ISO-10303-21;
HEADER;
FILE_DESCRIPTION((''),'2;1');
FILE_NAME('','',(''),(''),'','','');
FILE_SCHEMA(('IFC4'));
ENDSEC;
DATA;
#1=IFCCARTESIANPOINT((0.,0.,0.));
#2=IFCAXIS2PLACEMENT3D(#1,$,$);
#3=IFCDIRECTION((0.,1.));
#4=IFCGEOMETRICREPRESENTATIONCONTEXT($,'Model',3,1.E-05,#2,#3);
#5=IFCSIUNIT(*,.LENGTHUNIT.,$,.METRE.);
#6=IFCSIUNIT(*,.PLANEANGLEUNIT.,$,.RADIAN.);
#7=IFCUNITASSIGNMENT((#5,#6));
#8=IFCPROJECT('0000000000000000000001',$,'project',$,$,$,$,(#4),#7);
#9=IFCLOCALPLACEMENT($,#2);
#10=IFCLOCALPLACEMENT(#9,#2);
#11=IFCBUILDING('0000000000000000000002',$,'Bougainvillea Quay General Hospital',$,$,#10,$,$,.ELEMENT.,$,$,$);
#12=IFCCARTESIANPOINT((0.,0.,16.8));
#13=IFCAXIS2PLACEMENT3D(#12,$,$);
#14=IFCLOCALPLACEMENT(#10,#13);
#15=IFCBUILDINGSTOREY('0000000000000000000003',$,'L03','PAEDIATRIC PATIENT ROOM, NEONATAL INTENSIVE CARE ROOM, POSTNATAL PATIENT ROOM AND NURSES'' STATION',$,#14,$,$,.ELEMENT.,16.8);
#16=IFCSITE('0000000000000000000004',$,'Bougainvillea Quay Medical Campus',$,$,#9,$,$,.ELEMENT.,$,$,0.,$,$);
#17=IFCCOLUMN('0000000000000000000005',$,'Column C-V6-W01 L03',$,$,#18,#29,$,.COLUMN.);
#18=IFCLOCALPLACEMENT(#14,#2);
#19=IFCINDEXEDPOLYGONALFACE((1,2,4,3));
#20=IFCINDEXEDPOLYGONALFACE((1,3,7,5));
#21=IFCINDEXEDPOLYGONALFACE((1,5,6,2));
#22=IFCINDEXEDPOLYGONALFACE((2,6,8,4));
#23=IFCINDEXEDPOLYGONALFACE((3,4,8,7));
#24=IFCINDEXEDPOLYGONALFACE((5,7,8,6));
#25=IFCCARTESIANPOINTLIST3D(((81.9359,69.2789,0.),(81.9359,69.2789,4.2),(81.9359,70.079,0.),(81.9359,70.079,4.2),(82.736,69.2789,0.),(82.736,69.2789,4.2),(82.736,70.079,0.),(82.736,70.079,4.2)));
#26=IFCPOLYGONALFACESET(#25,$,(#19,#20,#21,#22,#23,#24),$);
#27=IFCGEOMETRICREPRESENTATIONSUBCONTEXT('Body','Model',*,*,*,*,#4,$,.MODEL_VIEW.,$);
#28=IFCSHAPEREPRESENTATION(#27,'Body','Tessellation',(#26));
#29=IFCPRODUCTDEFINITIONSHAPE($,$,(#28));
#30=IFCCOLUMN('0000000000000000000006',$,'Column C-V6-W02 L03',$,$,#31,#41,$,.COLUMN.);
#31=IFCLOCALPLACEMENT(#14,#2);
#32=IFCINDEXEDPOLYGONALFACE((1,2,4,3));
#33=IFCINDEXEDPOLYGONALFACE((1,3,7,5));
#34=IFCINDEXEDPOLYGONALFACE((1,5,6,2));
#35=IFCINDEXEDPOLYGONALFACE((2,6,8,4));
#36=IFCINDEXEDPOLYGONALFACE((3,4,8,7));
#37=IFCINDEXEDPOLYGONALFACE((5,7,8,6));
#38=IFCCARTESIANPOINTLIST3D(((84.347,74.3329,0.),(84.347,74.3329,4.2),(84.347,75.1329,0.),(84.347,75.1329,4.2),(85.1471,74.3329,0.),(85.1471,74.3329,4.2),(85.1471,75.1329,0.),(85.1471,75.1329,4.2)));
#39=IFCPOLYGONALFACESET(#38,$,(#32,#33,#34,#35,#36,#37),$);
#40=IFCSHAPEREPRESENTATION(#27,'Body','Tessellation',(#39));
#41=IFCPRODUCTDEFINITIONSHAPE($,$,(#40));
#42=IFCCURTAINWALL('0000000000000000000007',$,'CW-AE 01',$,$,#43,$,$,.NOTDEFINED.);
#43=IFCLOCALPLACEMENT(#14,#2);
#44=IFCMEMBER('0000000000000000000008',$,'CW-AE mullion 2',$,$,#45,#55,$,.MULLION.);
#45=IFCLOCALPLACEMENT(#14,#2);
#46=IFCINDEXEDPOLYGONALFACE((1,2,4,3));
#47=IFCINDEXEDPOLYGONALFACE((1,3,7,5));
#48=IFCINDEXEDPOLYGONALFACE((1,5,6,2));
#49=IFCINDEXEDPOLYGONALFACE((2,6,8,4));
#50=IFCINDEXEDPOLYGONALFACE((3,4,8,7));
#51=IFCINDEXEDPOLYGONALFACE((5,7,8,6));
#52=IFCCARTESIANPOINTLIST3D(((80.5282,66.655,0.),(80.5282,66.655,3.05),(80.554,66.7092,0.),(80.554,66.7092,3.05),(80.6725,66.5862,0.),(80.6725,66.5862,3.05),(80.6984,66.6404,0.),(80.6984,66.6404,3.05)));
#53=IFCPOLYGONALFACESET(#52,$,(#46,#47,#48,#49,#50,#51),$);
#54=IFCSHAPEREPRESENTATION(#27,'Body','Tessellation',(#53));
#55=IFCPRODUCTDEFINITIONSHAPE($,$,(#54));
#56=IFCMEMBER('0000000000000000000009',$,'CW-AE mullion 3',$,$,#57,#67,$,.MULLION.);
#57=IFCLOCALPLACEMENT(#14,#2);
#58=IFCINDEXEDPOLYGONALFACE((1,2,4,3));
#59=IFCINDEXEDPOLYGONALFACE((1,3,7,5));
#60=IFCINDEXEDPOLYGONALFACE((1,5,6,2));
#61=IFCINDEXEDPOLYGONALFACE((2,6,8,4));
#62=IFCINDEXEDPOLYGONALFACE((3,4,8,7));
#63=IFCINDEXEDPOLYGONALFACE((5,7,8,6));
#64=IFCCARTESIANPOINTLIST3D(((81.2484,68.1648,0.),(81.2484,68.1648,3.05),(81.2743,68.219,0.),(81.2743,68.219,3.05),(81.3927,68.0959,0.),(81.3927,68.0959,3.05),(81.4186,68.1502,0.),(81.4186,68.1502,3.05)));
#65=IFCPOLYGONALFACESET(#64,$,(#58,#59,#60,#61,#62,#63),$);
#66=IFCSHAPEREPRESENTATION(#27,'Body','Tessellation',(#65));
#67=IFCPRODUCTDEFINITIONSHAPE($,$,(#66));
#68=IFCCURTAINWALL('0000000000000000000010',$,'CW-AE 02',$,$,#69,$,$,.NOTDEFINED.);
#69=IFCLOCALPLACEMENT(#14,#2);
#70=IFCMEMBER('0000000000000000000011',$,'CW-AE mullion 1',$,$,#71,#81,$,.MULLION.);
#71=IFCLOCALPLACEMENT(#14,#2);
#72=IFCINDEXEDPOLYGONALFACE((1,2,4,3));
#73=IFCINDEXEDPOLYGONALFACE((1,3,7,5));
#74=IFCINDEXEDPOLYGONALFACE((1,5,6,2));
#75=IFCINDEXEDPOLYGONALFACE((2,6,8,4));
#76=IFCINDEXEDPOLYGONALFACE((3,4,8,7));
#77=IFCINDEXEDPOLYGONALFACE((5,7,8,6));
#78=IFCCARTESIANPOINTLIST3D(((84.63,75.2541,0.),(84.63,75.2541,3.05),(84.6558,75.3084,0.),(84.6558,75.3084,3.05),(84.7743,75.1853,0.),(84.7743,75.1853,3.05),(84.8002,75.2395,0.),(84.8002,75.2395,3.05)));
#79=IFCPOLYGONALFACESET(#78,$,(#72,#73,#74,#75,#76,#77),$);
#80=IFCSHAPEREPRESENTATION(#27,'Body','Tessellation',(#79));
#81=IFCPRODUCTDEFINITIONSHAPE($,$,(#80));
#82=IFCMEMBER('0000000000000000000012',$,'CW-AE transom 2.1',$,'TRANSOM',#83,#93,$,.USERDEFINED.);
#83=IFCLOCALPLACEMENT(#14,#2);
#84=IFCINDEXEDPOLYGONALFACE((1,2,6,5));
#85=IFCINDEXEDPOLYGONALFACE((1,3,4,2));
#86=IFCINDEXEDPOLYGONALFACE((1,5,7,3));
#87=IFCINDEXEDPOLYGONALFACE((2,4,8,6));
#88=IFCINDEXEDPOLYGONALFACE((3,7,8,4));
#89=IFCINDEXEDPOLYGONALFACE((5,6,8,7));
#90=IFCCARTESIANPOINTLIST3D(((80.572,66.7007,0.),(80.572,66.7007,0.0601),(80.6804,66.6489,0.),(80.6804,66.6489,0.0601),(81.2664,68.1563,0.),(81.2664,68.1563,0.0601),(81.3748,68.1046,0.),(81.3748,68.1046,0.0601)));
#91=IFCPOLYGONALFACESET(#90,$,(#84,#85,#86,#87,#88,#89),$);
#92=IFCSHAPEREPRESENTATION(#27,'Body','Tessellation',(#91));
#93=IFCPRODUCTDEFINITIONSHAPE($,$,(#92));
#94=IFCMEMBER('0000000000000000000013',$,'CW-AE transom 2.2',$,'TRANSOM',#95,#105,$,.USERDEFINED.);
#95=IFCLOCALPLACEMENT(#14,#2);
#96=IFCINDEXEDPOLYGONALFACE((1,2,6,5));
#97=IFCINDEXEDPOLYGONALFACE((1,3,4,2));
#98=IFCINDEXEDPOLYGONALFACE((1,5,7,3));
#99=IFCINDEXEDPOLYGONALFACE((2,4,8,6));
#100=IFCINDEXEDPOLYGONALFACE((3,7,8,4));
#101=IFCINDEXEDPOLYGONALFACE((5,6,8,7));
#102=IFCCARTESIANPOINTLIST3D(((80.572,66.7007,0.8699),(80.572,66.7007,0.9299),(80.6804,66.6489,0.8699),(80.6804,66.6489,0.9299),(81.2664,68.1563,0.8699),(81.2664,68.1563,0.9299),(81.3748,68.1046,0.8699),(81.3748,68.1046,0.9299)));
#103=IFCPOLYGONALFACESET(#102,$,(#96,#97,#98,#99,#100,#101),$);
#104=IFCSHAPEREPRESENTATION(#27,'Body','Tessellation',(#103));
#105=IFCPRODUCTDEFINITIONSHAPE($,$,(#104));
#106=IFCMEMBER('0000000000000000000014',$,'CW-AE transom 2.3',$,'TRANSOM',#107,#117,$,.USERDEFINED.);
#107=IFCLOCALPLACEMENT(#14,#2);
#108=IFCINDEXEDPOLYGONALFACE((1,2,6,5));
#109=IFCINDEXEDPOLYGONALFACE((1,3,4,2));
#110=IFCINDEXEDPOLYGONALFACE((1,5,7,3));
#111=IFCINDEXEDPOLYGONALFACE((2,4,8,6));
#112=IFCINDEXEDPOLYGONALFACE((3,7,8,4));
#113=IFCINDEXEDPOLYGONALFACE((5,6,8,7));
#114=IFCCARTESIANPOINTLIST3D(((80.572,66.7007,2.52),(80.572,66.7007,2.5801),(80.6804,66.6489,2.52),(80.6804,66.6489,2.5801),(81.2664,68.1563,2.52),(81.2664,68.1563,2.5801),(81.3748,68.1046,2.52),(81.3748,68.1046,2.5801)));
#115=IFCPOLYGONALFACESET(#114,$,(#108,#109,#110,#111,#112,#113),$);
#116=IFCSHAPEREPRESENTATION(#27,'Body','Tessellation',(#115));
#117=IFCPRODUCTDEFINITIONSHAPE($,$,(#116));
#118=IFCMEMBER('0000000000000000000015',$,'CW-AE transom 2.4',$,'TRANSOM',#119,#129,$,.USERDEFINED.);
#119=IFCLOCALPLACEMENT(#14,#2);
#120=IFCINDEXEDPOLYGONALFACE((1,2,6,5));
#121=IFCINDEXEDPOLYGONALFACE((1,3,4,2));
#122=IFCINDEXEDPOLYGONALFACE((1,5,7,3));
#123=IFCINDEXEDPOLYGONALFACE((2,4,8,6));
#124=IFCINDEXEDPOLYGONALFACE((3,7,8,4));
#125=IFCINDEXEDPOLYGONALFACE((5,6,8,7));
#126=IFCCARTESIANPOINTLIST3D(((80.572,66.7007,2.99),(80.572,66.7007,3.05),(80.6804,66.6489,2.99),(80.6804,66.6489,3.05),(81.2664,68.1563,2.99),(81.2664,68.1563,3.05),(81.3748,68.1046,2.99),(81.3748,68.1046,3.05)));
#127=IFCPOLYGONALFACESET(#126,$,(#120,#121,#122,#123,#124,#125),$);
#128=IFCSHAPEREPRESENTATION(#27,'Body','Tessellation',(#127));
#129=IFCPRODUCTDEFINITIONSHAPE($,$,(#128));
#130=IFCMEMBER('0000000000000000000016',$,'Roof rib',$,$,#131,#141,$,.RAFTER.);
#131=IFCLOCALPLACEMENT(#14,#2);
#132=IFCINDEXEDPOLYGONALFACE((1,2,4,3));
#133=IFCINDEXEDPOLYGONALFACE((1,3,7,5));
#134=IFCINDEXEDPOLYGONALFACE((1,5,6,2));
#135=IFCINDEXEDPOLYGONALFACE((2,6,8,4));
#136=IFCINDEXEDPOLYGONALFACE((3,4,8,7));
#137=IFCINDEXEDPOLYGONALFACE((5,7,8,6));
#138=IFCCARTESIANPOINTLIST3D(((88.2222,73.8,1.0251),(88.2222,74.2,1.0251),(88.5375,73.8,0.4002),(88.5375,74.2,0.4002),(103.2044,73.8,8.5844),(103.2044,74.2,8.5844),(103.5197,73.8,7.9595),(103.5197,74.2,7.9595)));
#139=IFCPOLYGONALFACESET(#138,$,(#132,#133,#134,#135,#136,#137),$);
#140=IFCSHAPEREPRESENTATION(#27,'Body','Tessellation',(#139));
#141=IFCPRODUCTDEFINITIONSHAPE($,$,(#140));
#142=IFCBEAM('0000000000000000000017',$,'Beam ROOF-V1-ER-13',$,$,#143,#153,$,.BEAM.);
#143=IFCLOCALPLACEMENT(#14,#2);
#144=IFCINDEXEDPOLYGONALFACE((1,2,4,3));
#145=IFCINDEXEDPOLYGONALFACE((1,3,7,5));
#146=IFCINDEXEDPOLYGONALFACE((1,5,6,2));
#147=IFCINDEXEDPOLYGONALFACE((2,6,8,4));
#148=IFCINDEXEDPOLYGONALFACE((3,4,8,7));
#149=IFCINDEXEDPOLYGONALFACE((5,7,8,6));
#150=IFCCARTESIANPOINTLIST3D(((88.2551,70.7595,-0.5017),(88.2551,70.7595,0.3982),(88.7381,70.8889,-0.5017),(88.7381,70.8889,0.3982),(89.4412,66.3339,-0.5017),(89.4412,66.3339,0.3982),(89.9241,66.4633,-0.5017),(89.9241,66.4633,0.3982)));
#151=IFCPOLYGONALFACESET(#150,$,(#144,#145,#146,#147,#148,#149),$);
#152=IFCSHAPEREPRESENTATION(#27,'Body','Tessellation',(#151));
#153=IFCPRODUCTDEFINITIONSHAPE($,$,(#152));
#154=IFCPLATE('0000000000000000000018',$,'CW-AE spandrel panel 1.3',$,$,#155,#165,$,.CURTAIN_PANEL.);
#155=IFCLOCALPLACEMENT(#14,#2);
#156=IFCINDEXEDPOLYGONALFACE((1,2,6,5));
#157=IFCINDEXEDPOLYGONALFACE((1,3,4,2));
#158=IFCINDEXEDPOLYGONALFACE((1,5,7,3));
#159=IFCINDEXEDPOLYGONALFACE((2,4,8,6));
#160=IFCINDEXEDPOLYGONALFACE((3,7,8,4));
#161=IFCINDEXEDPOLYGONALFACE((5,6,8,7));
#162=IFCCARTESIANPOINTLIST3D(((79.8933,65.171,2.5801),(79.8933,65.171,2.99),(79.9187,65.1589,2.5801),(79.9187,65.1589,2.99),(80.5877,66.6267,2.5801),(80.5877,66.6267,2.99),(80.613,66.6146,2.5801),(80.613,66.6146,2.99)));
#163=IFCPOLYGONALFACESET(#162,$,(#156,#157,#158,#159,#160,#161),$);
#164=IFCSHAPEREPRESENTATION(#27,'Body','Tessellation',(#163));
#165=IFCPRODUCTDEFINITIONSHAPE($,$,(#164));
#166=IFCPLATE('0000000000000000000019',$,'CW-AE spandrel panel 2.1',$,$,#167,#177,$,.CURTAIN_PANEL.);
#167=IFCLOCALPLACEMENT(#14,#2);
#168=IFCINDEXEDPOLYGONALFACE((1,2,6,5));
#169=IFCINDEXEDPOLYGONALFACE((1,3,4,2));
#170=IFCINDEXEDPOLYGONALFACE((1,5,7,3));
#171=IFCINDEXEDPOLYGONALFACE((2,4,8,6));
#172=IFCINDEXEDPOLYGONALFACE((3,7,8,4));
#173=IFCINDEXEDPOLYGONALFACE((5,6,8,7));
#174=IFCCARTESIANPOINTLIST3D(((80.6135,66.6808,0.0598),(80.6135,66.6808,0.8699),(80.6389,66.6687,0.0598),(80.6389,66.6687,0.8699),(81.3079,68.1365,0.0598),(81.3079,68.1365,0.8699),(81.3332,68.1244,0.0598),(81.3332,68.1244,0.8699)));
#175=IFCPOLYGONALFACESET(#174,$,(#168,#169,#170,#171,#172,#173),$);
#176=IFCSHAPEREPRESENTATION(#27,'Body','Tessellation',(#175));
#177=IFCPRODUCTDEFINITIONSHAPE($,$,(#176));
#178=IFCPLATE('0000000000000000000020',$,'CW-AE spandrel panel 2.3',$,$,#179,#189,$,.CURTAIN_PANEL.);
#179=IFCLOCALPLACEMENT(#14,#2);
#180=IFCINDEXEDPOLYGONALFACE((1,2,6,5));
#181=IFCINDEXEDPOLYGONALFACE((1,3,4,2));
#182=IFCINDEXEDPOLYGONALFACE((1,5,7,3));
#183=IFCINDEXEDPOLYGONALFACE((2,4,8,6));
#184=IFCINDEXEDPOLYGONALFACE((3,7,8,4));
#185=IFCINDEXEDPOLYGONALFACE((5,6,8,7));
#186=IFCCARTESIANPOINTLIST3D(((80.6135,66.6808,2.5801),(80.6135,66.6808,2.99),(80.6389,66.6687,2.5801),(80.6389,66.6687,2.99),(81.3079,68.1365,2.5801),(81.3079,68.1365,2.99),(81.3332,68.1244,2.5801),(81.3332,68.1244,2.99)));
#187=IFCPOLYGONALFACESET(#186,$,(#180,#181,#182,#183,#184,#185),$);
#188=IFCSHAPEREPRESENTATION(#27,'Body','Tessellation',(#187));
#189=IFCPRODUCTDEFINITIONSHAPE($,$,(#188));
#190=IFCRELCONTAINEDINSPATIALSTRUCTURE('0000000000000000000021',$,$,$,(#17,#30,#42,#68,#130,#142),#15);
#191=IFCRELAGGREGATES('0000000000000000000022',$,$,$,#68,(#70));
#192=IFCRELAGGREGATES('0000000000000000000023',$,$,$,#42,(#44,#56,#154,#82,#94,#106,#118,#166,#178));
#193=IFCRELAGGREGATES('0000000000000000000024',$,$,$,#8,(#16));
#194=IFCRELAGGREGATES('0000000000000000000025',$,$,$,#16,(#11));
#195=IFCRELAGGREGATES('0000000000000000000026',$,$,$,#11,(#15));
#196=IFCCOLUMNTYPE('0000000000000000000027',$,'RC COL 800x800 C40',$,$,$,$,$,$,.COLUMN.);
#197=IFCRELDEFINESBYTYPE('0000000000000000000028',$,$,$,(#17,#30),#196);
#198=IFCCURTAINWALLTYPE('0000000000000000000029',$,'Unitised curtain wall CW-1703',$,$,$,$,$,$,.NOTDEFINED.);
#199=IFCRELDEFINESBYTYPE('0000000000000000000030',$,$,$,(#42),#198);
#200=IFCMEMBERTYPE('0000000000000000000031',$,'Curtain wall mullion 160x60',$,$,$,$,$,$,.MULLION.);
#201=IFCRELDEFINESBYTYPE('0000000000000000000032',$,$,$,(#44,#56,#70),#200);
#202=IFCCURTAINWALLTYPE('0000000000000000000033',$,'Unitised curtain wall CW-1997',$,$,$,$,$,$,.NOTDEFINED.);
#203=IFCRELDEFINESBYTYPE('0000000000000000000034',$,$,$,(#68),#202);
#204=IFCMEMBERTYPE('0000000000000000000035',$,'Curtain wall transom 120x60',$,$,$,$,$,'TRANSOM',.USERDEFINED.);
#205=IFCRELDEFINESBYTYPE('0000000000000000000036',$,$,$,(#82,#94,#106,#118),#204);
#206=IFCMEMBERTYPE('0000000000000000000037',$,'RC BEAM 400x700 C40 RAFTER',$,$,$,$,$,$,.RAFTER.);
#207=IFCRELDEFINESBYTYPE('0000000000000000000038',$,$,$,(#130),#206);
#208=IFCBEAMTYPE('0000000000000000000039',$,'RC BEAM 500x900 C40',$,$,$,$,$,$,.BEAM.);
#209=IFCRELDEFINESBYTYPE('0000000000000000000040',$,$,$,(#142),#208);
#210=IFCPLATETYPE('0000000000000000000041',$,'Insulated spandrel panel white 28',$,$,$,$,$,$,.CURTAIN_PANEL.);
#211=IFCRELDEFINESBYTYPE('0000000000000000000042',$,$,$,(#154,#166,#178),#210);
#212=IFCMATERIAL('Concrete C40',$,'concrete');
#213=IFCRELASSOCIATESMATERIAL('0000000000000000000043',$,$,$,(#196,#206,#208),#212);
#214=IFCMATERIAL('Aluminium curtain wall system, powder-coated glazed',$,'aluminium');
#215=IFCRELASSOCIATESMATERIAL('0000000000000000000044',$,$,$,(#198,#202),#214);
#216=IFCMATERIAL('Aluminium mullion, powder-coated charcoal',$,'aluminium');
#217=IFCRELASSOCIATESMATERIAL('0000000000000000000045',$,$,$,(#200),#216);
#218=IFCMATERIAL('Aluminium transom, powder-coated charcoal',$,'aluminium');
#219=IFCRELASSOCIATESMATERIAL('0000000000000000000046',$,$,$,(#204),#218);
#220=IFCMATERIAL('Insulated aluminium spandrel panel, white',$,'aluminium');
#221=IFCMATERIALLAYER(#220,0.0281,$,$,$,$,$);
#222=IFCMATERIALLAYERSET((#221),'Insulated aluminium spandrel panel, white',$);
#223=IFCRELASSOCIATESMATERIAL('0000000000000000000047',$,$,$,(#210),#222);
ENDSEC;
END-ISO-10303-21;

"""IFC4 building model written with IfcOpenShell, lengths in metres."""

from ifc_helpers import new_model, si_unit, direction, frame, origin, origin_2d, place, context, subcontext, project, spatial, rectangle, extrude, material, layer, layer_set, material_profile, profile_set, type_object, element, aggregate, save


model = new_model("IFC4")

# Units and contexts
model_context = context("Model", 3, precision=1e-05, world=origin(), true_north=direction((0.0, 1.0)))
body_context = subcontext(model_context, "Body", "Model", "MODEL_VIEW")
ifc_project = project(units=[si_unit("LENGTHUNIT", "METRE"), si_unit("PLANEANGLEUNIT", "RADIAN")], contexts=[model_context])

# Site, building, storey
site_placement = place(None, origin())
site = spatial("IfcSite", under=ifc_project, at=site_placement, Name="Bougainvillea Quay Medical Campus", CompositionType="ELEMENT", RefElevation=0.0)
building_placement = place(site_placement, origin())
building = spatial("IfcBuilding", under=site, at=building_placement, Name="Bougainvillea Quay General Hospital", CompositionType="ELEMENT")
storey_placement = place(building_placement, frame((0.0, 0.0, 16.8)))
storey = spatial("IfcBuildingStorey", under=building, at=storey_placement, Name="L03", Description="PAEDIATRIC PATIENT ROOM, NEONATAL INTENSIVE CARE ROOM, POSTNATAL PATIENT ROOM AND NURSES' STATION", CompositionType="ELEMENT", Elevation=16.8)

# Columns
ifc_material_1 = material(Name="Concrete C40", Category="concrete")
ifc_material_profile_1 = material_profile(ifc_material_1, rectangle(XDim=0.8, YDim=0.8, at=origin_2d()))
ifc_profile_set_1 = profile_set([ifc_material_profile_1], Name="Concrete C40")
column_type = type_object("IfcColumnType", Name="RC COL 800x800 C40", PredefinedType="COLUMN", material=ifc_profile_set_1)
for number, where, z_axis, x_axis, name in (
    (1, (82.3359, 69.679, 0.0), (0.0, 0.0, 1.0), (1.0, 0.0, 0.0), "Column C-V6-W01 L03"),
    (2, (84.7471, 74.7329, 0.0), (0.0, 0.0, 1.0), (1.0, 0.0, 0.0), "Column C-V6-W02 L03"),
):
    element("IfcColumn", number, at=place(storey_placement, frame(where, z_axis=z_axis, x_axis=x_axis)), inside=storey, type_object=column_type, Name=name, PredefinedType="COLUMN", context=body_context, shape_type="SweptSolid", body=[
        extrude(rectangle(XDim=0.8, YDim=0.8, at=origin_2d()), origin(), (0.0, 0.0, 1.0), 4.2),
    ])

# Curtain wall, members
ifc_material_2 = material(Name="Aluminium curtain wall system, powder-coated glazed", Category="aluminium")
curtain_wall_type_1 = type_object("IfcCurtainWallType", Name="Unitised curtain wall CW-1703", PredefinedType="NOTDEFINED", material=ifc_material_2)
curtain_wall_1_placement = place(storey_placement, origin())
curtain_wall_1 = element("IfcCurtainWall", 3, at=curtain_wall_1_placement, inside=storey, type_object=curtain_wall_type_1, Name="CW-AE 01", PredefinedType="NOTDEFINED")
ifc_material_3 = material(Name="Aluminium mullion, powder-coated charcoal", Category="aluminium")
ifc_material_profile_2 = material_profile(ifc_material_3, rectangle(XDim=0.1599, YDim=0.0601, at=origin_2d()))
ifc_profile_set_2 = profile_set([ifc_material_profile_2], Name="Aluminium mullion, powder-coated charcoal")
member_type_1 = type_object("IfcMemberType", Name="Curtain wall mullion 160x60", PredefinedType="MULLION", material=ifc_profile_set_2)
member_1_placement = place(storey_placement, frame((80.6133, 66.6477, 0.0), z_axis=(0.0, 0.0, 1.0), x_axis=(-0.902578, 0.430525, 0.0)))
member_1 = element("IfcMember", 4, at=member_1_placement, type_object=member_type_1, Name="CW-AE mullion 2", PredefinedType="MULLION", context=body_context, shape_type="SweptSolid", body=[
    extrude(rectangle(XDim=0.1599, YDim=0.0601, at=origin_2d()), origin(), (0.0, 0.0, 1.0), 3.05),
])
member_2_placement = place(storey_placement, frame((81.3335, 68.1575, 0.0), z_axis=(0.0, 0.0, 1.0), x_axis=(-0.902578, 0.430525, 0.0)))
member_2 = element("IfcMember", 5, at=member_2_placement, type_object=member_type_1, Name="CW-AE mullion 3", PredefinedType="MULLION", context=body_context, shape_type="SweptSolid", body=[
    extrude(rectangle(XDim=0.1599, YDim=0.0601, at=origin_2d()), origin(), (0.0, 0.0, 1.0), 3.05),
])

# Curtain wall, member
curtain_wall_type_2 = type_object("IfcCurtainWallType", Name="Unitised curtain wall CW-1997", PredefinedType="NOTDEFINED", material=ifc_material_2)
curtain_wall_2_placement = place(storey_placement, origin())
curtain_wall_2 = element("IfcCurtainWall", 6, at=curtain_wall_2_placement, inside=storey, type_object=curtain_wall_type_2, Name="CW-AE 02", PredefinedType="NOTDEFINED")
member_3_placement = place(storey_placement, frame((84.7151, 75.2468, 0.0), z_axis=(0.0, 0.0, 1.0), x_axis=(-0.902578, 0.430525, 0.0)))
member_3 = element("IfcMember", 7, at=member_3_placement, type_object=member_type_1, Name="CW-AE mullion 1", PredefinedType="MULLION", context=body_context, shape_type="SweptSolid", body=[
    extrude(rectangle(XDim=0.1599, YDim=0.0601, at=origin_2d()), origin(), (0.0, 0.0, 1.0), 3.05),
])
aggregate(curtain_wall_2, [member_3])

# Members
ifc_material_4 = material(Name="Aluminium transom, powder-coated charcoal", Category="aluminium")
ifc_material_profile_3 = material_profile(ifc_material_4, rectangle(XDim=0.1201, YDim=0.0601, at=origin_2d()))
ifc_profile_set_3 = profile_set([ifc_material_profile_3], Name="Aluminium transom, powder-coated charcoal")
member_type_2 = type_object("IfcMemberType", Name="Curtain wall transom 120x60", ElementType="TRANSOM", PredefinedType="USERDEFINED", material=ifc_profile_set_3)
member_4_placement = place(storey_placement, frame((80.6262, 66.6748, 0.03), z_axis=(0.430545, 0.902569, 0.0), x_axis=(-0.902569, 0.430545, 0.0)))
member_4 = element("IfcMember", 8, at=member_4_placement, type_object=member_type_2, Name="CW-AE transom 2.1", ObjectType="TRANSOM", PredefinedType="USERDEFINED", context=body_context, shape_type="SweptSolid", body=[
    extrude(rectangle(XDim=0.1201, YDim=0.0601, at=origin_2d()), origin(), (0.0, 0.0, 1.0), 1.6128),
])
member_5_placement = place(storey_placement, frame((80.6262, 66.6748, 0.8999), z_axis=(0.430545, 0.902569, 0.0), x_axis=(-0.902569, 0.430545, 0.0)))
member_5 = element("IfcMember", 9, at=member_5_placement, type_object=member_type_2, Name="CW-AE transom 2.2", ObjectType="TRANSOM", PredefinedType="USERDEFINED", context=body_context, shape_type="SweptSolid", body=[
    extrude(rectangle(XDim=0.1201, YDim=0.0601, at=origin_2d()), origin(), (0.0, 0.0, 1.0), 1.6128),
])
member_6_placement = place(storey_placement, frame((80.6262, 66.6748, 2.55), z_axis=(0.430545, 0.902569, 0.0), x_axis=(-0.902569, 0.430545, 0.0)))
member_6 = element("IfcMember", 10, at=member_6_placement, type_object=member_type_2, Name="CW-AE transom 2.3", ObjectType="TRANSOM", PredefinedType="USERDEFINED", context=body_context, shape_type="SweptSolid", body=[
    extrude(rectangle(XDim=0.1201, YDim=0.0601, at=origin_2d()), origin(), (0.0, 0.0, 1.0), 1.6128),
])
member_7_placement = place(storey_placement, frame((80.6262, 66.6748, 3.02), z_axis=(0.430545, 0.902569, 0.0), x_axis=(-0.902569, 0.430545, 0.0)))
member_7 = element("IfcMember", 11, at=member_7_placement, type_object=member_type_2, Name="CW-AE transom 2.4", ObjectType="TRANSOM", PredefinedType="USERDEFINED", context=body_context, shape_type="SweptSolid", body=[
    extrude(rectangle(XDim=0.1201, YDim=0.0601, at=origin_2d()), origin(), (0.0, 0.0, 1.0), 1.6128),
])
ifc_material_profile_4 = material_profile(ifc_material_1, rectangle(XDim=0.3999, YDim=0.7, at=origin_2d()))
ifc_profile_set_4 = profile_set([ifc_material_profile_4], Name="Concrete C40")
member_type_3 = type_object("IfcMemberType", Name="RC BEAM 400x700 C40 RAFTER", PredefinedType="RAFTER", material=ifc_profile_set_4)
member_8_placement = place(storey_placement, frame((88.3799, 74.0, 0.7126), z_axis=(0.892795, 0.0, 0.450464), x_axis=(0.0, 1.0, 0.0)))
element("IfcMember", 12, at=member_8_placement, inside=storey, type_object=member_type_3, Name="Roof rib", PredefinedType="RAFTER", context=body_context, shape_type="SweptSolid", body=[
    extrude(rectangle(XDim=0.3999, YDim=0.7, at=origin_2d()), origin(), (0.0, 0.0, 1.0), 16.7812),
])

# Beam
ifc_material_profile_5 = material_profile(ifc_material_1, rectangle(XDim=0.5, YDim=0.8999, at=origin_2d()))
ifc_profile_set_5 = profile_set([ifc_material_profile_5], Name="Concrete C40")
beam_type = type_object("IfcBeamType", Name="RC BEAM 500x900 C40", PredefinedType="BEAM", material=ifc_profile_set_5)
beam_placement = place(storey_placement, frame((88.4966, 70.8242, -0.0518), z_axis=(0.258863, -0.965914, 0.0), x_axis=(0.965914, 0.258863, 0.0)))
element("IfcBeam", 13, at=beam_placement, inside=storey, type_object=beam_type, Name="Beam ROOF-V1-ER-13", PredefinedType="BEAM", context=body_context, shape_type="SweptSolid", body=[
    extrude(rectangle(XDim=0.5, YDim=0.8999, at=origin_2d()), origin(), (0.0, 0.0, 1.0), 4.5818),
])

# Plates
ifc_material_5 = material(Name="Insulated aluminium spandrel panel, white", Category="aluminium")
ifc_layer_1 = layer(ifc_material_5, 0.0281)
ifc_layer_set_1 = layer_set([ifc_layer_1], Name="Insulated aluminium spandrel panel, white")
plate_type_1 = type_object("IfcPlateType", Name="Insulated spandrel panel white 28", PredefinedType="CURTAIN_PANEL", material=ifc_layer_set_1)
plate_1_placement = place(storey_placement, frame((80.2532, 65.8928, 2.5801), z_axis=(0.0, 0.0, 1.0), x_axis=(0.430525, 0.902578, 0.0)))
plate_1 = element("IfcPlate", 14, at=plate_1_placement, type_object=plate_type_1, Name="CW-AE spandrel panel 1.3", PredefinedType="CURTAIN_PANEL", context=body_context, shape_type="SweptSolid", body=[
    extrude(rectangle(XDim=1.6128, YDim=0.0281, at=origin_2d()), origin(), (0.0, 0.0, 1.0), 0.4099),
])
plate_2_placement = place(storey_placement, frame((80.9734, 67.4026, 0.0598), z_axis=(0.0, 0.0, 1.0), x_axis=(0.430525, 0.902578, 0.0)))
plate_2 = element("IfcPlate", 15, at=plate_2_placement, type_object=plate_type_1, Name="CW-AE spandrel panel 2.1", PredefinedType="CURTAIN_PANEL", context=body_context, shape_type="SweptSolid", body=[
    extrude(rectangle(XDim=1.6128, YDim=0.0281, at=origin_2d()), origin(), (0.0, 0.0, 1.0), 0.8101),
])
plate_3_placement = place(storey_placement, frame((80.9734, 67.4026, 2.5801), z_axis=(0.0, 0.0, 1.0), x_axis=(0.430525, 0.902578, 0.0)))
plate_3 = element("IfcPlate", 16, at=plate_3_placement, type_object=plate_type_1, Name="CW-AE spandrel panel 2.3", PredefinedType="CURTAIN_PANEL", context=body_context, shape_type="SweptSolid", body=[
    extrude(rectangle(XDim=1.6128, YDim=0.0281, at=origin_2d()), origin(), (0.0, 0.0, 1.0), 0.4099),
])
aggregate(curtain_wall_1, [member_1, member_2, plate_1, member_4, member_5, member_6, member_7, plate_2, plate_3])

save(model, "model.ifc")
